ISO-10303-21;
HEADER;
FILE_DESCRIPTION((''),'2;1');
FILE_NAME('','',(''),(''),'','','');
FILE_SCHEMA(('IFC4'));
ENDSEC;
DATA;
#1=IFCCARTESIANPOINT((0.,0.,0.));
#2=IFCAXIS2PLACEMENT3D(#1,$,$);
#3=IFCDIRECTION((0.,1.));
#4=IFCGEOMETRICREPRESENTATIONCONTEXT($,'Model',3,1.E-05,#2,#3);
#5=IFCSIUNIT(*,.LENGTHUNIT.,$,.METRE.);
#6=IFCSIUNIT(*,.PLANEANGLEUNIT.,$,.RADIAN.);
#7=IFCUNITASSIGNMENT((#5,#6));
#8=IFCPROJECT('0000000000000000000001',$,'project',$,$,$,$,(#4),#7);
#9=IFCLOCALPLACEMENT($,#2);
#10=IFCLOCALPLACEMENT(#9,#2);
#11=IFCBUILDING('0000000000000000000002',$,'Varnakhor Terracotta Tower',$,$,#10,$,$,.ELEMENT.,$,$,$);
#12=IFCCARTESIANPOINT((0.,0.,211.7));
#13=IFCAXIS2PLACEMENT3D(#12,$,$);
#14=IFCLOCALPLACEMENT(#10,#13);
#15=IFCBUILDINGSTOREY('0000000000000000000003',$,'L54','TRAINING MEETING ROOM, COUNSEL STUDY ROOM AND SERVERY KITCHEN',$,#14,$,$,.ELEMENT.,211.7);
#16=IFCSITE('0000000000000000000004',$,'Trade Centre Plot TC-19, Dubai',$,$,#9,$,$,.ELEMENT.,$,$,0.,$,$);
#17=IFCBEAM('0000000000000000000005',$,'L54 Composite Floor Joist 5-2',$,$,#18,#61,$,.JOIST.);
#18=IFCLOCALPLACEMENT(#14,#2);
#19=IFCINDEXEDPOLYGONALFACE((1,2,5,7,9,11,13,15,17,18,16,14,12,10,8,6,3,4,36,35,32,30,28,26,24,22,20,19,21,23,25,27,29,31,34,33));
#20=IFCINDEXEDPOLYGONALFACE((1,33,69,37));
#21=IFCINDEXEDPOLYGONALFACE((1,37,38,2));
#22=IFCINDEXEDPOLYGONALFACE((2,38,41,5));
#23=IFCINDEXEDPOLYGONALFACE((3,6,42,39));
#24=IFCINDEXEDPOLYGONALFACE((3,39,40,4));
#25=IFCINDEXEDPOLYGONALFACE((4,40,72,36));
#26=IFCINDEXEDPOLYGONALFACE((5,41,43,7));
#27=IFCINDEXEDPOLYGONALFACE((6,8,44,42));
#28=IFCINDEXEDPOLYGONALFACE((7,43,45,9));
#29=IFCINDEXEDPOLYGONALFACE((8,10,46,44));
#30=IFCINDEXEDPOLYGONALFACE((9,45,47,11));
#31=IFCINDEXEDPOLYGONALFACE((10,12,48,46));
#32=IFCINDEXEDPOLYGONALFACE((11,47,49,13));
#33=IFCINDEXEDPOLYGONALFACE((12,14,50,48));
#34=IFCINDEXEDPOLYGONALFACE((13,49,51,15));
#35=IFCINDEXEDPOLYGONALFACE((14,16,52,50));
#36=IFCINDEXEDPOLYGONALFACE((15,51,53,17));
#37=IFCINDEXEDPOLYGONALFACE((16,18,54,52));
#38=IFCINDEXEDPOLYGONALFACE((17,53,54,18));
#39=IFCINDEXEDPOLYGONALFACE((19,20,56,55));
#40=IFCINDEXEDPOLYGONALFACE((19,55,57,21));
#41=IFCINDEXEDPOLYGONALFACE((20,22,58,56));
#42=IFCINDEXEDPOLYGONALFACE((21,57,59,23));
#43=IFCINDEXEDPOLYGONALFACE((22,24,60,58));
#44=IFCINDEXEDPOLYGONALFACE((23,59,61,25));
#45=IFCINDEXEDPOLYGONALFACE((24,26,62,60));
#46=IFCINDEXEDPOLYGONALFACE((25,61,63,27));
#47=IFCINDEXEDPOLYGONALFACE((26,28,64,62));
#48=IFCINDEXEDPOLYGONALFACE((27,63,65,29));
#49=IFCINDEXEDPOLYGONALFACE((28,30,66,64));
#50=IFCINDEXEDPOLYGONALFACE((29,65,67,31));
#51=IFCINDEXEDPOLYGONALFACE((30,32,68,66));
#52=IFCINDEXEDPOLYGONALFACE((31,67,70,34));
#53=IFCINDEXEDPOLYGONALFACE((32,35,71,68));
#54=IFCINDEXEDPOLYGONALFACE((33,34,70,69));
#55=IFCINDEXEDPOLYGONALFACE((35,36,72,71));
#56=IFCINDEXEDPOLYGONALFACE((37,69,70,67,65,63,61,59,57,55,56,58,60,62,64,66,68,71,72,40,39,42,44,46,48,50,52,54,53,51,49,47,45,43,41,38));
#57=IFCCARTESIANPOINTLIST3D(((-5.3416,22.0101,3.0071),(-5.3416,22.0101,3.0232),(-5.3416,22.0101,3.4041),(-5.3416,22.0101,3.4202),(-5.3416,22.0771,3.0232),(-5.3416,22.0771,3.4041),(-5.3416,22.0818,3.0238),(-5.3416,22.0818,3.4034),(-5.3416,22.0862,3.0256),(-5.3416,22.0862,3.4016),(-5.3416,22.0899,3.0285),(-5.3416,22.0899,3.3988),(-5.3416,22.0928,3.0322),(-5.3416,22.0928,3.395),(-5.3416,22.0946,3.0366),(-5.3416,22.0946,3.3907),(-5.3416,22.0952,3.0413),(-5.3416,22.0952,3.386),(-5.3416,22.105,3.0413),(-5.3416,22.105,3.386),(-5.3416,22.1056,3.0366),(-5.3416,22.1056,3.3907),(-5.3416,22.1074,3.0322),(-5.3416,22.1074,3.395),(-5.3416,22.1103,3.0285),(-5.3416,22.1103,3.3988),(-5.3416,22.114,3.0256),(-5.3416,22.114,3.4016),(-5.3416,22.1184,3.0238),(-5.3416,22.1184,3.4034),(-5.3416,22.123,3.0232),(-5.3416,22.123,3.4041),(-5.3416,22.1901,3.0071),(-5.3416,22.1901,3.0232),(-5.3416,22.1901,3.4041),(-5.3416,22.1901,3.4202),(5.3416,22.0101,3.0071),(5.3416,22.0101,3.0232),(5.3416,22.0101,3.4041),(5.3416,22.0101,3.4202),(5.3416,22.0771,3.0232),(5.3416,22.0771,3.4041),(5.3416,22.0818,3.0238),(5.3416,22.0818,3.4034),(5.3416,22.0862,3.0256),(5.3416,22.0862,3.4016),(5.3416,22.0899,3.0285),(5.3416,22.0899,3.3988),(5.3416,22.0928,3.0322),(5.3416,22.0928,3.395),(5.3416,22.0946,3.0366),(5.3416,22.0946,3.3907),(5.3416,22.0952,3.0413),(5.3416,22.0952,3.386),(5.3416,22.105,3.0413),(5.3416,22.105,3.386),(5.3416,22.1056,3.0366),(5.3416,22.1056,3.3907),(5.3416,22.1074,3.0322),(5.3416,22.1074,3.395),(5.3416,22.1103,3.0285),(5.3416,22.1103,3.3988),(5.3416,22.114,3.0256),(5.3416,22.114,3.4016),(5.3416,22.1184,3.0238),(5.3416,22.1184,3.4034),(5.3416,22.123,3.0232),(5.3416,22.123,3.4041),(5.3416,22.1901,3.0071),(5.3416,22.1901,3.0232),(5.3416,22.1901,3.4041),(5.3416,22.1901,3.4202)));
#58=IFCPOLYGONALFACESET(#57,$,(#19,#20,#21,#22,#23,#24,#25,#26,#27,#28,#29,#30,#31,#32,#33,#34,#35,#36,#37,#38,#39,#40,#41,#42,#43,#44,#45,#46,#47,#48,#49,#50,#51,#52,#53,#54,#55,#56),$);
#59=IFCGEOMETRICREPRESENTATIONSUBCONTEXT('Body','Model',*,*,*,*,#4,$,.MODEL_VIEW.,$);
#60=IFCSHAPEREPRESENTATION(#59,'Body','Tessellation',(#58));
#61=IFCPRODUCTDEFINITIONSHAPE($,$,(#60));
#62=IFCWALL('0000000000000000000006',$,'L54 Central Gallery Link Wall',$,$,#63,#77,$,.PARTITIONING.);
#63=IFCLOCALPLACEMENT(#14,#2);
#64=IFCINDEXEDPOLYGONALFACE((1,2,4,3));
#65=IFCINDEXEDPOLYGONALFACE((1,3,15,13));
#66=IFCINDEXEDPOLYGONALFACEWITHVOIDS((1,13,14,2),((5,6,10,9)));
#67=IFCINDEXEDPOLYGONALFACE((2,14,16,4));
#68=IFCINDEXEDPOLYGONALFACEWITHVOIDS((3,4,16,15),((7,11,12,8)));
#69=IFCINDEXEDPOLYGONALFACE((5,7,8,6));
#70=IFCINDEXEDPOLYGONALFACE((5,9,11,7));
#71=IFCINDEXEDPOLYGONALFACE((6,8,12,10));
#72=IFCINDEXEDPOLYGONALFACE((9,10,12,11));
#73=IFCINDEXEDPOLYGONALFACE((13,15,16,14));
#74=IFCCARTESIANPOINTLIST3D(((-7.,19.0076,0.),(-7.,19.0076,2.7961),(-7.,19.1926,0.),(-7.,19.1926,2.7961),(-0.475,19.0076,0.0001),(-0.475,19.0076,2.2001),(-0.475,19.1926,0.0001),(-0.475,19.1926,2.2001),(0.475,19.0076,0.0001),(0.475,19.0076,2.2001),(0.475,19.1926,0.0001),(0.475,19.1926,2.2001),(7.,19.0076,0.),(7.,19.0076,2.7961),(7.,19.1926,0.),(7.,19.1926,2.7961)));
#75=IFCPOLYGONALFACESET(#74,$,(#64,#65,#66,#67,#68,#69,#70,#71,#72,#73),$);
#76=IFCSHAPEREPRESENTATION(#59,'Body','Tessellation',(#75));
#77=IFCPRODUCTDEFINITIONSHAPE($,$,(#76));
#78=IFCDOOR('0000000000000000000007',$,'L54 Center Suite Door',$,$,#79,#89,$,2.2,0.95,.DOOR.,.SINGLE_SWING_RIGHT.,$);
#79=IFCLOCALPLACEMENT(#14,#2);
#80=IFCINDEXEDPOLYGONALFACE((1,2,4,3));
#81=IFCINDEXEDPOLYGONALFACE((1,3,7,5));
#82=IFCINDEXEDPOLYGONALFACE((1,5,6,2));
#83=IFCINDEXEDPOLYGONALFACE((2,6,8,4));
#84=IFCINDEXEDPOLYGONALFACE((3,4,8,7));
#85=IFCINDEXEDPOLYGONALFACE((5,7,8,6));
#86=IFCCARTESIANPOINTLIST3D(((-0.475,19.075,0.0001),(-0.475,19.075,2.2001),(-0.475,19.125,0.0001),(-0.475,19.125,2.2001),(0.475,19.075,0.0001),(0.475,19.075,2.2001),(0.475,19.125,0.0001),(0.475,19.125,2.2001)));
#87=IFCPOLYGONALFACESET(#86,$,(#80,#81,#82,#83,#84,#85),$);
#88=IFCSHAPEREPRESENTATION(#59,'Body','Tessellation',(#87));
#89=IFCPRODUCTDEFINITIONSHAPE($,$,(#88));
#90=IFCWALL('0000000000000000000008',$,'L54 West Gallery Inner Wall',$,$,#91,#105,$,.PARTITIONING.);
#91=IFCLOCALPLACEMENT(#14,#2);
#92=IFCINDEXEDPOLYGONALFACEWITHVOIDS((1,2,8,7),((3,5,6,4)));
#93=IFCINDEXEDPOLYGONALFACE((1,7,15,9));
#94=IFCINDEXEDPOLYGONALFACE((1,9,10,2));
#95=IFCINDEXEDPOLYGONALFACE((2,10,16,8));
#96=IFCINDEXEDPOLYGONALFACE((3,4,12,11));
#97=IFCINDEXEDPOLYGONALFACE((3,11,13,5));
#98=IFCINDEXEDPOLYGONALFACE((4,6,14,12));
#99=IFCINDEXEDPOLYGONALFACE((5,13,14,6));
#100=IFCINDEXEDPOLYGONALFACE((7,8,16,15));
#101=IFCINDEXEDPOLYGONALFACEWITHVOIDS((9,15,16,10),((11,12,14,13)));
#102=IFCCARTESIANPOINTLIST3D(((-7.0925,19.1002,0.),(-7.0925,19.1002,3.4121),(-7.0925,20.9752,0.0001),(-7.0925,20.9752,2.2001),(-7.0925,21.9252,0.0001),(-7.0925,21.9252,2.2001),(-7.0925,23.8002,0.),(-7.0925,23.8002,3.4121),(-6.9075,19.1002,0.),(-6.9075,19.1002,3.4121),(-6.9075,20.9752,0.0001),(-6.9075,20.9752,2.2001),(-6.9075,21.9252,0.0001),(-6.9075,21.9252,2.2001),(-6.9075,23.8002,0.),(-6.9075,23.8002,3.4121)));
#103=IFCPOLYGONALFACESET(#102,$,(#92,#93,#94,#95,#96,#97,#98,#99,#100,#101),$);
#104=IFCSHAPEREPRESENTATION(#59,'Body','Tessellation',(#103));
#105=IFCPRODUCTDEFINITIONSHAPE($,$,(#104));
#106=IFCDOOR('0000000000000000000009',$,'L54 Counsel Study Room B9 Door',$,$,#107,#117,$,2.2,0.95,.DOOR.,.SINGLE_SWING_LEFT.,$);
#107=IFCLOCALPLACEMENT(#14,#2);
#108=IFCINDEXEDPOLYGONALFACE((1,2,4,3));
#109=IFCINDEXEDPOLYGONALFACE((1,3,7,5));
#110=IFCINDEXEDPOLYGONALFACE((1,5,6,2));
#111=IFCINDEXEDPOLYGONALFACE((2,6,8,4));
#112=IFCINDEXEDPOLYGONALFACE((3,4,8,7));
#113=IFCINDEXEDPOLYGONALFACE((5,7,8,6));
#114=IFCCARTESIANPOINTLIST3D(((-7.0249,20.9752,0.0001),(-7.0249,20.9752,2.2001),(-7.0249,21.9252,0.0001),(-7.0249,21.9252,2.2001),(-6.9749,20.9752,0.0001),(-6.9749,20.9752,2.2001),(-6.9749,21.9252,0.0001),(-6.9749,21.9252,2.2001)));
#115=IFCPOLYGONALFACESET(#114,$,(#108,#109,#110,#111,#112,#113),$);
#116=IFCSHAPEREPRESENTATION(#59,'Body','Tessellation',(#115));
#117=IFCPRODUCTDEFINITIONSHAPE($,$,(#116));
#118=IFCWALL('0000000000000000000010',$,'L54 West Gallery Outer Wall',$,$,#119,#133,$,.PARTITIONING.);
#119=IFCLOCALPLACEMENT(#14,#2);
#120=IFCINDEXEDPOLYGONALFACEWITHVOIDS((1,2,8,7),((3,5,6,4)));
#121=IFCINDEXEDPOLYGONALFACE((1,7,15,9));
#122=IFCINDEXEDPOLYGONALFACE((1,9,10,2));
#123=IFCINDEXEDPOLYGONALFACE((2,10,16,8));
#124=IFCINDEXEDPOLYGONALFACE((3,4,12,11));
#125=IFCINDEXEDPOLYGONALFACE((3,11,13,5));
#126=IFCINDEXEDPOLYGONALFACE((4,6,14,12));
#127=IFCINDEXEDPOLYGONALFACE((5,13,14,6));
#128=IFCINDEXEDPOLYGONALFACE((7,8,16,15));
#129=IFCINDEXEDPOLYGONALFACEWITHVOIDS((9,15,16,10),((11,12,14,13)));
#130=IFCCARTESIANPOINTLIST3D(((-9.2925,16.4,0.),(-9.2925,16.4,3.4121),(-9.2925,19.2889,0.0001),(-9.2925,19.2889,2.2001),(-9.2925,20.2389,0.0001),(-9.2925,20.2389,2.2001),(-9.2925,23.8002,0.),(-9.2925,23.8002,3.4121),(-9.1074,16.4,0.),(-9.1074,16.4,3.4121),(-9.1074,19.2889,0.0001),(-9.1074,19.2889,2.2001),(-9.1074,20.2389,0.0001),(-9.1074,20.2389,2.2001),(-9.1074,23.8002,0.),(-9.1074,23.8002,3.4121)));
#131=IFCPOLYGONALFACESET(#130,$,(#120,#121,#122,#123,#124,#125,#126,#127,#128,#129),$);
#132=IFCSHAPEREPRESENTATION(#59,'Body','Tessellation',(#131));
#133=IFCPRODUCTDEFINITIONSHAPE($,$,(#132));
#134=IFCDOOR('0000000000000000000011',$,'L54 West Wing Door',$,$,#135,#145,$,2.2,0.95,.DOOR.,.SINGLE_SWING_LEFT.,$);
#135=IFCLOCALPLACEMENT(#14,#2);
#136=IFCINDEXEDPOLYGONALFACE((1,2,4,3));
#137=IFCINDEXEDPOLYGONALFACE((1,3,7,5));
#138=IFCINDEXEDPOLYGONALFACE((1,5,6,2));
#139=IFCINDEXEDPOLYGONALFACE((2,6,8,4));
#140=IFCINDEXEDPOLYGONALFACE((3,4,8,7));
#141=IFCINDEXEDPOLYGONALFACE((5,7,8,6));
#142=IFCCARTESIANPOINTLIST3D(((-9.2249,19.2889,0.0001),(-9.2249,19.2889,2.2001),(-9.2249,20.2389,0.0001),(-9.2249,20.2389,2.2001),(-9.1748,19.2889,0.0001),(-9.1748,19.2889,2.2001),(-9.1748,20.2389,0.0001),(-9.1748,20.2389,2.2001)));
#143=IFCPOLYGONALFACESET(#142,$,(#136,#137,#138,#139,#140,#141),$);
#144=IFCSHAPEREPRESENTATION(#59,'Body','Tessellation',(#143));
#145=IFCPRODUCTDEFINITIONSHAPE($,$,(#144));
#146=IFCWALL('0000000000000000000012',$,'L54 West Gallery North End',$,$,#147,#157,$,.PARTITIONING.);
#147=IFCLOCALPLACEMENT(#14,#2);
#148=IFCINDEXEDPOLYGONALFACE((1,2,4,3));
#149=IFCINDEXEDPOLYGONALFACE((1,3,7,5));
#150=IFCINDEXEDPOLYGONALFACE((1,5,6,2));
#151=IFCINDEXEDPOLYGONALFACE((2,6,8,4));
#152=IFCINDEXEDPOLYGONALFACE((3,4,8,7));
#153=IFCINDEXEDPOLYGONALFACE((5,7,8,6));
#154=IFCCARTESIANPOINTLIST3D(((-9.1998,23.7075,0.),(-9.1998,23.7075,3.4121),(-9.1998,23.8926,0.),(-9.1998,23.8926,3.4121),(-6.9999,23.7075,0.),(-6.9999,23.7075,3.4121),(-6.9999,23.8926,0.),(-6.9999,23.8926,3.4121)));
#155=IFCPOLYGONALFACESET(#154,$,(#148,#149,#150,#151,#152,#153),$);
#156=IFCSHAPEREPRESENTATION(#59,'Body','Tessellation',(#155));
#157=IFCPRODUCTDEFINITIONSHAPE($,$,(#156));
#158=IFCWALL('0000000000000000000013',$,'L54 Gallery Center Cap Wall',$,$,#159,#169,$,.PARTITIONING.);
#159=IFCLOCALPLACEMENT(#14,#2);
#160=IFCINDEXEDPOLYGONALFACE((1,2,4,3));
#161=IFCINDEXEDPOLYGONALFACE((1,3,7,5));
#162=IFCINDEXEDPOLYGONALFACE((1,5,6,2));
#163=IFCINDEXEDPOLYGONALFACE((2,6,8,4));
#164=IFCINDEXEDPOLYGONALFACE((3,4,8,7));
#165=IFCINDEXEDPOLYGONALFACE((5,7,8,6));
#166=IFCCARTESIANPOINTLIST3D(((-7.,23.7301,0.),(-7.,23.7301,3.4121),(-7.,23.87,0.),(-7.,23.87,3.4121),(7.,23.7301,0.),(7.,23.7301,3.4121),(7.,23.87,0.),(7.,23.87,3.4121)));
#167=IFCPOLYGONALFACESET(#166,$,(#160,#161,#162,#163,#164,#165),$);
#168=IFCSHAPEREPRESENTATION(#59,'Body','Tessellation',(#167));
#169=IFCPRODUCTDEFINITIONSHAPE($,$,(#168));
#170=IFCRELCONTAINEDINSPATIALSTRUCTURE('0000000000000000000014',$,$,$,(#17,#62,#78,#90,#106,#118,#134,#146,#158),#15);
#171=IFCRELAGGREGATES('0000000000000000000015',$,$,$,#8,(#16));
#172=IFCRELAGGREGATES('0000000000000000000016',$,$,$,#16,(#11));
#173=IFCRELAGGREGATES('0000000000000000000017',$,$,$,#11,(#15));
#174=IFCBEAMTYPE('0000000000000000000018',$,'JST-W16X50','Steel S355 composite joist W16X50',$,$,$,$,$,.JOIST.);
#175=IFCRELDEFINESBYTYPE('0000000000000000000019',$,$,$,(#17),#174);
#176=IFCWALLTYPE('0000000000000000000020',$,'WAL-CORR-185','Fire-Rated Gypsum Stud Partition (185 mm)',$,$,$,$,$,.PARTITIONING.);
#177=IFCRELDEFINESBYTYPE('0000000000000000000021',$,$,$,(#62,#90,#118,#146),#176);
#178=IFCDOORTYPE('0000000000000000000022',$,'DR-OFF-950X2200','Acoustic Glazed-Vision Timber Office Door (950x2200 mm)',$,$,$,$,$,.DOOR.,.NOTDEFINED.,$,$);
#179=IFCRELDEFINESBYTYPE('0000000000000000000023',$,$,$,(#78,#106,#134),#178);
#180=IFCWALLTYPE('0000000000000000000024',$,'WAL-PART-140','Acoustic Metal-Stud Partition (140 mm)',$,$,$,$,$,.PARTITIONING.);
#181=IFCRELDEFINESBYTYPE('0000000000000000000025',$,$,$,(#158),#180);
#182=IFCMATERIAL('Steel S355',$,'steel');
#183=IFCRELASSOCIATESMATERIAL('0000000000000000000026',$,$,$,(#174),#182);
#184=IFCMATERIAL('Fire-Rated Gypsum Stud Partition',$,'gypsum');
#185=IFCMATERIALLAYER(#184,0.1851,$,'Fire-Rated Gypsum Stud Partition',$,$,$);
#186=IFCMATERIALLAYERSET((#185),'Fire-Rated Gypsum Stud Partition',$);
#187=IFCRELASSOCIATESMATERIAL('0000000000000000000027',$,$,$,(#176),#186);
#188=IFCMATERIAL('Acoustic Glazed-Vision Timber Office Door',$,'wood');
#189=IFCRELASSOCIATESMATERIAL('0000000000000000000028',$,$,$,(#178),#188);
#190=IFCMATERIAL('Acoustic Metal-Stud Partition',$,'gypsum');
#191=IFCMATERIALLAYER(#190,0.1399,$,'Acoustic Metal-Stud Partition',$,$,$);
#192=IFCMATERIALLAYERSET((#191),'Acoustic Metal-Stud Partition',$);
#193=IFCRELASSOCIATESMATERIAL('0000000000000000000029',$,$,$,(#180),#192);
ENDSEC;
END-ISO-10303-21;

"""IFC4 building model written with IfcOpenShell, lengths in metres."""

from ifc_helpers import new_model, si_unit, direction, frame, frame_2d, origin, origin_2d, place, context, subcontext, project, spatial, rectangle, i_section, extrude, source, transform, mapped, material, layer, layer_set, material_profile, profile_set, type_object, type_shapes, element, fill, save


model = new_model("IFC4")

# Units and contexts
model_context = context("Model", 3, precision=1e-05, world=origin(), true_north=direction((0.0, 1.0)))
body_context = subcontext(model_context, "Body", "Model", "MODEL_VIEW")
ifc_project = project(units=[si_unit("LENGTHUNIT", "METRE"), si_unit("PLANEANGLEUNIT", "RADIAN")], contexts=[model_context])

# Site, building, storey
site_placement = place(None, origin())
site = spatial("IfcSite", under=ifc_project, at=site_placement, Name="Trade Centre Plot TC-19, Dubai", CompositionType="ELEMENT", RefElevation=0.0)
building_placement = place(site_placement, origin())
building = spatial("IfcBuilding", under=site, at=building_placement, Name="Varnakhor Terracotta Tower", CompositionType="ELEMENT")
storey_placement = place(building_placement, frame((0.0, 0.0, 211.7)))
storey = spatial("IfcBuildingStorey", under=building, at=storey_placement, Name="L54", Description="TRAINING MEETING ROOM, COUNSEL STUDY ROOM AND SERVERY KITCHEN", CompositionType="ELEMENT", Elevation=211.7)

# Beam
ifc_material_1 = material(Name="Steel S355", Category="steel")
ifc_material_profile_1 = material_profile(ifc_material_1, i_section(OverallWidth=0.1799, OverallDepth=0.4131, WebThickness=0.0098, FlangeThickness=0.0161, FilletRadius=0.0181, at=origin_2d()), Name="W16X50")
ifc_profile_set_1 = profile_set([ifc_material_profile_1], Name="Steel S355")
beam_type_1 = type_object("IfcBeamType", Name="JST-W16X50", Description="Steel S355 composite joist W16X50", PredefinedType="JOIST", material=ifc_profile_set_1)
shared_shape_1 = source(origin(), body_context, "Body", "SweptSolid", [
    extrude(i_section(OverallWidth=0.1799, OverallDepth=0.4131, WebThickness=0.0098, FlangeThickness=0.0161, FilletRadius=0.0181, at=origin_2d()), origin(), (0.0, 0.0, 1.0), 10.6831),
])
for number, where, z_axis, x_axis, name in (
    (1, (-5.3416, 22.1001, 3.2136), (1.0, 0.0, 0.0), (0.0, 1.0, 0.0), "L54 Composite Floor Joist 5-2"),
):
    element("IfcBeam", number, at=place(storey_placement, frame(where, z_axis=z_axis, x_axis=x_axis)), inside=storey, type_object=beam_type_1, Name=name, PredefinedType="JOIST", context=body_context, shape_type="MappedRepresentation", body=[
        mapped(shared_shape_1, transform((0.0, 0.0, 0.0), scale=1.0)),
    ])

# Walls, openings, doors
ifc_material_2 = material(Name="Fire-Rated Gypsum Stud Partition", Category="gypsum")
ifc_layer_1 = layer(ifc_material_2, 0.1851, Name="Fire-Rated Gypsum Stud Partition")
ifc_layer_set_1 = layer_set([ifc_layer_1], Name="Fire-Rated Gypsum Stud Partition")
wall_type_1 = type_object("IfcWallType", Name="WAL-CORR-185", Description="Fire-Rated Gypsum Stud Partition (185 mm)", PredefinedType="PARTITIONING", material=ifc_layer_set_1)
wall_1_placement = place(storey_placement, frame((-7.0, 19.1001, 0.0), z_axis=(0.0, 0.0, 1.0), x_axis=(1.0, 0.0, 0.0)))
wall_1 = element("IfcWall", 2, at=wall_1_placement, inside=storey, type_object=wall_type_1, Name="L54 Central Gallery Link Wall", PredefinedType="PARTITIONING", context=body_context, shape_type="SweptSolid", body=[
    extrude(rectangle(XDim=14.0, YDim=0.1851, at=frame_2d((7.0, 0.0))), origin(), (0.0, 0.0, 1.0), 2.7961),
])
opening_1_placement = place(wall_1_placement, frame((6.5249, 0.0, 0.0)))
opening_1 = element("IfcOpeningElement", 3, at=opening_1_placement, cuts=wall_1, PredefinedType="OPENING", context=body_context, shape_type="SweptSolid", body=[
    extrude(rectangle(XDim=0.95, YDim=2.2, at=frame_2d((0.4751, 1.1001))), frame((0.0, 0.1025, 0.0), z_axis=(0.0, -1.0, 0.0), x_axis=(1.0, 0.0, 0.0)), (0.0, 0.0, 1.0), 0.2051),
])
ifc_material_3 = material(Name="Acoustic Glazed-Vision Timber Office Door", Category="wood")
door_type_1 = type_object("IfcDoorType", Name="DR-OFF-950X2200", Description="Acoustic Glazed-Vision Timber Office Door (950x2200 mm)", OperationType="NOTDEFINED", PredefinedType="DOOR", material=ifc_material_3)
shared_shape_2 = source(origin(), body_context, "Body", "SweptSolid", [
    extrude(rectangle(XDim=0.95, YDim=2.2, at=frame_2d((0.4751, 1.1001))), frame((0.0, 0.0249, 0.0), z_axis=(0.0, -1.0, 0.0), x_axis=(1.0, 0.0, 0.0)), (0.0, 0.0, 1.0), 0.05),
])
type_shapes(door_type_1, [shared_shape_2])
door_1_placement = place(opening_1_placement, origin())
door_1 = element("IfcDoor", 4, at=door_1_placement, inside=storey, type_object=door_type_1, Name="L54 Center Suite Door", OperationType="SINGLE_SWING_RIGHT", OverallHeight=2.2, OverallWidth=0.95, PredefinedType="DOOR", context=body_context, shape_type="MappedRepresentation", body=[
    mapped(shared_shape_2, transform((0.0, 0.0, 0.0), scale=1.0)),
])
fill(opening_1, door_1)
wall_2_placement = place(storey_placement, frame((-7.0, 19.1001, 0.0), z_axis=(0.0, 0.0, 1.0), x_axis=(0.0, 1.0, 0.0)))
wall_2 = element("IfcWall", 5, at=wall_2_placement, inside=storey, type_object=wall_type_1, Name="L54 West Gallery Inner Wall", PredefinedType="PARTITIONING", context=body_context, shape_type="SweptSolid", body=[
    extrude(rectangle(XDim=4.7, YDim=0.1851, at=frame_2d((2.3501, 0.0))), origin(), (0.0, 0.0, 1.0), 3.4121),
])
opening_2_placement = place(wall_2_placement, frame((1.875, 0.0, 0.0)))
opening_2 = element("IfcOpeningElement", 6, at=opening_2_placement, cuts=wall_2, PredefinedType="OPENING", context=body_context, shape_type="SweptSolid", body=[
    extrude(rectangle(XDim=0.95, YDim=2.2, at=frame_2d((0.4751, 1.1001))), frame((0.0, 0.1025, 0.0), z_axis=(0.0, -1.0, 0.0), x_axis=(1.0, 0.0, 0.0)), (0.0, 0.0, 1.0), 0.2051),
])
door_2_placement = place(opening_2_placement, origin())
door_2 = element("IfcDoor", 7, at=door_2_placement, inside=storey, type_object=door_type_1, Name="L54 Counsel Study Room B9 Door", OperationType="SINGLE_SWING_LEFT", OverallHeight=2.2, OverallWidth=0.95, PredefinedType="DOOR", context=body_context, shape_type="MappedRepresentation", body=[
    mapped(shared_shape_2, transform((0.0, 0.0, 0.0), scale=1.0)),
])
fill(opening_2, door_2)
wall_3_placement = place(storey_placement, frame((-9.2, 16.3999, 0.0), z_axis=(0.0, 0.0, 1.0), x_axis=(0.0, 1.0, 0.0)))
wall_3 = element("IfcWall", 8, at=wall_3_placement, inside=storey, type_object=wall_type_1, Name="L54 West Gallery Outer Wall", PredefinedType="PARTITIONING", context=body_context, shape_type="SweptSolid", body=[
    extrude(rectangle(XDim=7.4001, YDim=0.1851, at=frame_2d((3.7002, 0.0))), origin(), (0.0, 0.0, 1.0), 3.4121),
])
opening_3_placement = place(wall_3_placement, frame((2.8889, 0.0, 0.0)))
opening_3 = element("IfcOpeningElement", 9, at=opening_3_placement, cuts=wall_3, PredefinedType="OPENING", context=body_context, shape_type="SweptSolid", body=[
    extrude(rectangle(XDim=0.95, YDim=2.2, at=frame_2d((0.4751, 1.1001))), frame((0.0, 0.1025, 0.0), z_axis=(0.0, -1.0, 0.0), x_axis=(1.0, 0.0, 0.0)), (0.0, 0.0, 1.0), 0.2051),
])
door_3_placement = place(opening_3_placement, origin())
door_3 = element("IfcDoor", 10, at=door_3_placement, inside=storey, type_object=door_type_1, Name="L54 West Wing Door", OperationType="SINGLE_SWING_LEFT", OverallHeight=2.2, OverallWidth=0.95, PredefinedType="DOOR", context=body_context, shape_type="MappedRepresentation", body=[
    mapped(shared_shape_2, transform((0.0, 0.0, 0.0), scale=1.0)),
])
fill(opening_3, door_3)

# Walls
wall_4_placement = place(storey_placement, frame((-9.2, 23.8, 0.0), z_axis=(0.0, 0.0, 1.0), x_axis=(1.0, 0.0, 0.0)))
element("IfcWall", 11, at=wall_4_placement, inside=storey, type_object=wall_type_1, Name="L54 West Gallery North End", PredefinedType="PARTITIONING", context=body_context, shape_type="SweptSolid", body=[
    extrude(rectangle(XDim=2.2, YDim=0.1851, at=frame_2d((1.1001, 0.0))), origin(), (0.0, 0.0, 1.0), 3.4121),
])
ifc_material_4 = material(Name="Acoustic Metal-Stud Partition", Category="gypsum")
ifc_layer_2 = layer(ifc_material_4, 0.1399, Name="Acoustic Metal-Stud Partition")
ifc_layer_set_2 = layer_set([ifc_layer_2], Name="Acoustic Metal-Stud Partition")
wall_type_2 = type_object("IfcWallType", Name="WAL-PART-140", Description="Acoustic Metal-Stud Partition (140 mm)", PredefinedType="PARTITIONING", material=ifc_layer_set_2)
wall_5_placement = place(storey_placement, frame((-7.0, 23.8, 0.0), z_axis=(0.0, 0.0, 1.0), x_axis=(1.0, 0.0, 0.0)))
element("IfcWall", 12, at=wall_5_placement, inside=storey, type_object=wall_type_2, Name="L54 Gallery Center Cap Wall", PredefinedType="PARTITIONING", context=body_context, shape_type="SweptSolid", body=[
    extrude(rectangle(XDim=14.0, YDim=0.1399, at=frame_2d((7.0, 0.0))), origin(), (0.0, 0.0, 1.0), 3.4121),
])

save(model, "model.ifc")
